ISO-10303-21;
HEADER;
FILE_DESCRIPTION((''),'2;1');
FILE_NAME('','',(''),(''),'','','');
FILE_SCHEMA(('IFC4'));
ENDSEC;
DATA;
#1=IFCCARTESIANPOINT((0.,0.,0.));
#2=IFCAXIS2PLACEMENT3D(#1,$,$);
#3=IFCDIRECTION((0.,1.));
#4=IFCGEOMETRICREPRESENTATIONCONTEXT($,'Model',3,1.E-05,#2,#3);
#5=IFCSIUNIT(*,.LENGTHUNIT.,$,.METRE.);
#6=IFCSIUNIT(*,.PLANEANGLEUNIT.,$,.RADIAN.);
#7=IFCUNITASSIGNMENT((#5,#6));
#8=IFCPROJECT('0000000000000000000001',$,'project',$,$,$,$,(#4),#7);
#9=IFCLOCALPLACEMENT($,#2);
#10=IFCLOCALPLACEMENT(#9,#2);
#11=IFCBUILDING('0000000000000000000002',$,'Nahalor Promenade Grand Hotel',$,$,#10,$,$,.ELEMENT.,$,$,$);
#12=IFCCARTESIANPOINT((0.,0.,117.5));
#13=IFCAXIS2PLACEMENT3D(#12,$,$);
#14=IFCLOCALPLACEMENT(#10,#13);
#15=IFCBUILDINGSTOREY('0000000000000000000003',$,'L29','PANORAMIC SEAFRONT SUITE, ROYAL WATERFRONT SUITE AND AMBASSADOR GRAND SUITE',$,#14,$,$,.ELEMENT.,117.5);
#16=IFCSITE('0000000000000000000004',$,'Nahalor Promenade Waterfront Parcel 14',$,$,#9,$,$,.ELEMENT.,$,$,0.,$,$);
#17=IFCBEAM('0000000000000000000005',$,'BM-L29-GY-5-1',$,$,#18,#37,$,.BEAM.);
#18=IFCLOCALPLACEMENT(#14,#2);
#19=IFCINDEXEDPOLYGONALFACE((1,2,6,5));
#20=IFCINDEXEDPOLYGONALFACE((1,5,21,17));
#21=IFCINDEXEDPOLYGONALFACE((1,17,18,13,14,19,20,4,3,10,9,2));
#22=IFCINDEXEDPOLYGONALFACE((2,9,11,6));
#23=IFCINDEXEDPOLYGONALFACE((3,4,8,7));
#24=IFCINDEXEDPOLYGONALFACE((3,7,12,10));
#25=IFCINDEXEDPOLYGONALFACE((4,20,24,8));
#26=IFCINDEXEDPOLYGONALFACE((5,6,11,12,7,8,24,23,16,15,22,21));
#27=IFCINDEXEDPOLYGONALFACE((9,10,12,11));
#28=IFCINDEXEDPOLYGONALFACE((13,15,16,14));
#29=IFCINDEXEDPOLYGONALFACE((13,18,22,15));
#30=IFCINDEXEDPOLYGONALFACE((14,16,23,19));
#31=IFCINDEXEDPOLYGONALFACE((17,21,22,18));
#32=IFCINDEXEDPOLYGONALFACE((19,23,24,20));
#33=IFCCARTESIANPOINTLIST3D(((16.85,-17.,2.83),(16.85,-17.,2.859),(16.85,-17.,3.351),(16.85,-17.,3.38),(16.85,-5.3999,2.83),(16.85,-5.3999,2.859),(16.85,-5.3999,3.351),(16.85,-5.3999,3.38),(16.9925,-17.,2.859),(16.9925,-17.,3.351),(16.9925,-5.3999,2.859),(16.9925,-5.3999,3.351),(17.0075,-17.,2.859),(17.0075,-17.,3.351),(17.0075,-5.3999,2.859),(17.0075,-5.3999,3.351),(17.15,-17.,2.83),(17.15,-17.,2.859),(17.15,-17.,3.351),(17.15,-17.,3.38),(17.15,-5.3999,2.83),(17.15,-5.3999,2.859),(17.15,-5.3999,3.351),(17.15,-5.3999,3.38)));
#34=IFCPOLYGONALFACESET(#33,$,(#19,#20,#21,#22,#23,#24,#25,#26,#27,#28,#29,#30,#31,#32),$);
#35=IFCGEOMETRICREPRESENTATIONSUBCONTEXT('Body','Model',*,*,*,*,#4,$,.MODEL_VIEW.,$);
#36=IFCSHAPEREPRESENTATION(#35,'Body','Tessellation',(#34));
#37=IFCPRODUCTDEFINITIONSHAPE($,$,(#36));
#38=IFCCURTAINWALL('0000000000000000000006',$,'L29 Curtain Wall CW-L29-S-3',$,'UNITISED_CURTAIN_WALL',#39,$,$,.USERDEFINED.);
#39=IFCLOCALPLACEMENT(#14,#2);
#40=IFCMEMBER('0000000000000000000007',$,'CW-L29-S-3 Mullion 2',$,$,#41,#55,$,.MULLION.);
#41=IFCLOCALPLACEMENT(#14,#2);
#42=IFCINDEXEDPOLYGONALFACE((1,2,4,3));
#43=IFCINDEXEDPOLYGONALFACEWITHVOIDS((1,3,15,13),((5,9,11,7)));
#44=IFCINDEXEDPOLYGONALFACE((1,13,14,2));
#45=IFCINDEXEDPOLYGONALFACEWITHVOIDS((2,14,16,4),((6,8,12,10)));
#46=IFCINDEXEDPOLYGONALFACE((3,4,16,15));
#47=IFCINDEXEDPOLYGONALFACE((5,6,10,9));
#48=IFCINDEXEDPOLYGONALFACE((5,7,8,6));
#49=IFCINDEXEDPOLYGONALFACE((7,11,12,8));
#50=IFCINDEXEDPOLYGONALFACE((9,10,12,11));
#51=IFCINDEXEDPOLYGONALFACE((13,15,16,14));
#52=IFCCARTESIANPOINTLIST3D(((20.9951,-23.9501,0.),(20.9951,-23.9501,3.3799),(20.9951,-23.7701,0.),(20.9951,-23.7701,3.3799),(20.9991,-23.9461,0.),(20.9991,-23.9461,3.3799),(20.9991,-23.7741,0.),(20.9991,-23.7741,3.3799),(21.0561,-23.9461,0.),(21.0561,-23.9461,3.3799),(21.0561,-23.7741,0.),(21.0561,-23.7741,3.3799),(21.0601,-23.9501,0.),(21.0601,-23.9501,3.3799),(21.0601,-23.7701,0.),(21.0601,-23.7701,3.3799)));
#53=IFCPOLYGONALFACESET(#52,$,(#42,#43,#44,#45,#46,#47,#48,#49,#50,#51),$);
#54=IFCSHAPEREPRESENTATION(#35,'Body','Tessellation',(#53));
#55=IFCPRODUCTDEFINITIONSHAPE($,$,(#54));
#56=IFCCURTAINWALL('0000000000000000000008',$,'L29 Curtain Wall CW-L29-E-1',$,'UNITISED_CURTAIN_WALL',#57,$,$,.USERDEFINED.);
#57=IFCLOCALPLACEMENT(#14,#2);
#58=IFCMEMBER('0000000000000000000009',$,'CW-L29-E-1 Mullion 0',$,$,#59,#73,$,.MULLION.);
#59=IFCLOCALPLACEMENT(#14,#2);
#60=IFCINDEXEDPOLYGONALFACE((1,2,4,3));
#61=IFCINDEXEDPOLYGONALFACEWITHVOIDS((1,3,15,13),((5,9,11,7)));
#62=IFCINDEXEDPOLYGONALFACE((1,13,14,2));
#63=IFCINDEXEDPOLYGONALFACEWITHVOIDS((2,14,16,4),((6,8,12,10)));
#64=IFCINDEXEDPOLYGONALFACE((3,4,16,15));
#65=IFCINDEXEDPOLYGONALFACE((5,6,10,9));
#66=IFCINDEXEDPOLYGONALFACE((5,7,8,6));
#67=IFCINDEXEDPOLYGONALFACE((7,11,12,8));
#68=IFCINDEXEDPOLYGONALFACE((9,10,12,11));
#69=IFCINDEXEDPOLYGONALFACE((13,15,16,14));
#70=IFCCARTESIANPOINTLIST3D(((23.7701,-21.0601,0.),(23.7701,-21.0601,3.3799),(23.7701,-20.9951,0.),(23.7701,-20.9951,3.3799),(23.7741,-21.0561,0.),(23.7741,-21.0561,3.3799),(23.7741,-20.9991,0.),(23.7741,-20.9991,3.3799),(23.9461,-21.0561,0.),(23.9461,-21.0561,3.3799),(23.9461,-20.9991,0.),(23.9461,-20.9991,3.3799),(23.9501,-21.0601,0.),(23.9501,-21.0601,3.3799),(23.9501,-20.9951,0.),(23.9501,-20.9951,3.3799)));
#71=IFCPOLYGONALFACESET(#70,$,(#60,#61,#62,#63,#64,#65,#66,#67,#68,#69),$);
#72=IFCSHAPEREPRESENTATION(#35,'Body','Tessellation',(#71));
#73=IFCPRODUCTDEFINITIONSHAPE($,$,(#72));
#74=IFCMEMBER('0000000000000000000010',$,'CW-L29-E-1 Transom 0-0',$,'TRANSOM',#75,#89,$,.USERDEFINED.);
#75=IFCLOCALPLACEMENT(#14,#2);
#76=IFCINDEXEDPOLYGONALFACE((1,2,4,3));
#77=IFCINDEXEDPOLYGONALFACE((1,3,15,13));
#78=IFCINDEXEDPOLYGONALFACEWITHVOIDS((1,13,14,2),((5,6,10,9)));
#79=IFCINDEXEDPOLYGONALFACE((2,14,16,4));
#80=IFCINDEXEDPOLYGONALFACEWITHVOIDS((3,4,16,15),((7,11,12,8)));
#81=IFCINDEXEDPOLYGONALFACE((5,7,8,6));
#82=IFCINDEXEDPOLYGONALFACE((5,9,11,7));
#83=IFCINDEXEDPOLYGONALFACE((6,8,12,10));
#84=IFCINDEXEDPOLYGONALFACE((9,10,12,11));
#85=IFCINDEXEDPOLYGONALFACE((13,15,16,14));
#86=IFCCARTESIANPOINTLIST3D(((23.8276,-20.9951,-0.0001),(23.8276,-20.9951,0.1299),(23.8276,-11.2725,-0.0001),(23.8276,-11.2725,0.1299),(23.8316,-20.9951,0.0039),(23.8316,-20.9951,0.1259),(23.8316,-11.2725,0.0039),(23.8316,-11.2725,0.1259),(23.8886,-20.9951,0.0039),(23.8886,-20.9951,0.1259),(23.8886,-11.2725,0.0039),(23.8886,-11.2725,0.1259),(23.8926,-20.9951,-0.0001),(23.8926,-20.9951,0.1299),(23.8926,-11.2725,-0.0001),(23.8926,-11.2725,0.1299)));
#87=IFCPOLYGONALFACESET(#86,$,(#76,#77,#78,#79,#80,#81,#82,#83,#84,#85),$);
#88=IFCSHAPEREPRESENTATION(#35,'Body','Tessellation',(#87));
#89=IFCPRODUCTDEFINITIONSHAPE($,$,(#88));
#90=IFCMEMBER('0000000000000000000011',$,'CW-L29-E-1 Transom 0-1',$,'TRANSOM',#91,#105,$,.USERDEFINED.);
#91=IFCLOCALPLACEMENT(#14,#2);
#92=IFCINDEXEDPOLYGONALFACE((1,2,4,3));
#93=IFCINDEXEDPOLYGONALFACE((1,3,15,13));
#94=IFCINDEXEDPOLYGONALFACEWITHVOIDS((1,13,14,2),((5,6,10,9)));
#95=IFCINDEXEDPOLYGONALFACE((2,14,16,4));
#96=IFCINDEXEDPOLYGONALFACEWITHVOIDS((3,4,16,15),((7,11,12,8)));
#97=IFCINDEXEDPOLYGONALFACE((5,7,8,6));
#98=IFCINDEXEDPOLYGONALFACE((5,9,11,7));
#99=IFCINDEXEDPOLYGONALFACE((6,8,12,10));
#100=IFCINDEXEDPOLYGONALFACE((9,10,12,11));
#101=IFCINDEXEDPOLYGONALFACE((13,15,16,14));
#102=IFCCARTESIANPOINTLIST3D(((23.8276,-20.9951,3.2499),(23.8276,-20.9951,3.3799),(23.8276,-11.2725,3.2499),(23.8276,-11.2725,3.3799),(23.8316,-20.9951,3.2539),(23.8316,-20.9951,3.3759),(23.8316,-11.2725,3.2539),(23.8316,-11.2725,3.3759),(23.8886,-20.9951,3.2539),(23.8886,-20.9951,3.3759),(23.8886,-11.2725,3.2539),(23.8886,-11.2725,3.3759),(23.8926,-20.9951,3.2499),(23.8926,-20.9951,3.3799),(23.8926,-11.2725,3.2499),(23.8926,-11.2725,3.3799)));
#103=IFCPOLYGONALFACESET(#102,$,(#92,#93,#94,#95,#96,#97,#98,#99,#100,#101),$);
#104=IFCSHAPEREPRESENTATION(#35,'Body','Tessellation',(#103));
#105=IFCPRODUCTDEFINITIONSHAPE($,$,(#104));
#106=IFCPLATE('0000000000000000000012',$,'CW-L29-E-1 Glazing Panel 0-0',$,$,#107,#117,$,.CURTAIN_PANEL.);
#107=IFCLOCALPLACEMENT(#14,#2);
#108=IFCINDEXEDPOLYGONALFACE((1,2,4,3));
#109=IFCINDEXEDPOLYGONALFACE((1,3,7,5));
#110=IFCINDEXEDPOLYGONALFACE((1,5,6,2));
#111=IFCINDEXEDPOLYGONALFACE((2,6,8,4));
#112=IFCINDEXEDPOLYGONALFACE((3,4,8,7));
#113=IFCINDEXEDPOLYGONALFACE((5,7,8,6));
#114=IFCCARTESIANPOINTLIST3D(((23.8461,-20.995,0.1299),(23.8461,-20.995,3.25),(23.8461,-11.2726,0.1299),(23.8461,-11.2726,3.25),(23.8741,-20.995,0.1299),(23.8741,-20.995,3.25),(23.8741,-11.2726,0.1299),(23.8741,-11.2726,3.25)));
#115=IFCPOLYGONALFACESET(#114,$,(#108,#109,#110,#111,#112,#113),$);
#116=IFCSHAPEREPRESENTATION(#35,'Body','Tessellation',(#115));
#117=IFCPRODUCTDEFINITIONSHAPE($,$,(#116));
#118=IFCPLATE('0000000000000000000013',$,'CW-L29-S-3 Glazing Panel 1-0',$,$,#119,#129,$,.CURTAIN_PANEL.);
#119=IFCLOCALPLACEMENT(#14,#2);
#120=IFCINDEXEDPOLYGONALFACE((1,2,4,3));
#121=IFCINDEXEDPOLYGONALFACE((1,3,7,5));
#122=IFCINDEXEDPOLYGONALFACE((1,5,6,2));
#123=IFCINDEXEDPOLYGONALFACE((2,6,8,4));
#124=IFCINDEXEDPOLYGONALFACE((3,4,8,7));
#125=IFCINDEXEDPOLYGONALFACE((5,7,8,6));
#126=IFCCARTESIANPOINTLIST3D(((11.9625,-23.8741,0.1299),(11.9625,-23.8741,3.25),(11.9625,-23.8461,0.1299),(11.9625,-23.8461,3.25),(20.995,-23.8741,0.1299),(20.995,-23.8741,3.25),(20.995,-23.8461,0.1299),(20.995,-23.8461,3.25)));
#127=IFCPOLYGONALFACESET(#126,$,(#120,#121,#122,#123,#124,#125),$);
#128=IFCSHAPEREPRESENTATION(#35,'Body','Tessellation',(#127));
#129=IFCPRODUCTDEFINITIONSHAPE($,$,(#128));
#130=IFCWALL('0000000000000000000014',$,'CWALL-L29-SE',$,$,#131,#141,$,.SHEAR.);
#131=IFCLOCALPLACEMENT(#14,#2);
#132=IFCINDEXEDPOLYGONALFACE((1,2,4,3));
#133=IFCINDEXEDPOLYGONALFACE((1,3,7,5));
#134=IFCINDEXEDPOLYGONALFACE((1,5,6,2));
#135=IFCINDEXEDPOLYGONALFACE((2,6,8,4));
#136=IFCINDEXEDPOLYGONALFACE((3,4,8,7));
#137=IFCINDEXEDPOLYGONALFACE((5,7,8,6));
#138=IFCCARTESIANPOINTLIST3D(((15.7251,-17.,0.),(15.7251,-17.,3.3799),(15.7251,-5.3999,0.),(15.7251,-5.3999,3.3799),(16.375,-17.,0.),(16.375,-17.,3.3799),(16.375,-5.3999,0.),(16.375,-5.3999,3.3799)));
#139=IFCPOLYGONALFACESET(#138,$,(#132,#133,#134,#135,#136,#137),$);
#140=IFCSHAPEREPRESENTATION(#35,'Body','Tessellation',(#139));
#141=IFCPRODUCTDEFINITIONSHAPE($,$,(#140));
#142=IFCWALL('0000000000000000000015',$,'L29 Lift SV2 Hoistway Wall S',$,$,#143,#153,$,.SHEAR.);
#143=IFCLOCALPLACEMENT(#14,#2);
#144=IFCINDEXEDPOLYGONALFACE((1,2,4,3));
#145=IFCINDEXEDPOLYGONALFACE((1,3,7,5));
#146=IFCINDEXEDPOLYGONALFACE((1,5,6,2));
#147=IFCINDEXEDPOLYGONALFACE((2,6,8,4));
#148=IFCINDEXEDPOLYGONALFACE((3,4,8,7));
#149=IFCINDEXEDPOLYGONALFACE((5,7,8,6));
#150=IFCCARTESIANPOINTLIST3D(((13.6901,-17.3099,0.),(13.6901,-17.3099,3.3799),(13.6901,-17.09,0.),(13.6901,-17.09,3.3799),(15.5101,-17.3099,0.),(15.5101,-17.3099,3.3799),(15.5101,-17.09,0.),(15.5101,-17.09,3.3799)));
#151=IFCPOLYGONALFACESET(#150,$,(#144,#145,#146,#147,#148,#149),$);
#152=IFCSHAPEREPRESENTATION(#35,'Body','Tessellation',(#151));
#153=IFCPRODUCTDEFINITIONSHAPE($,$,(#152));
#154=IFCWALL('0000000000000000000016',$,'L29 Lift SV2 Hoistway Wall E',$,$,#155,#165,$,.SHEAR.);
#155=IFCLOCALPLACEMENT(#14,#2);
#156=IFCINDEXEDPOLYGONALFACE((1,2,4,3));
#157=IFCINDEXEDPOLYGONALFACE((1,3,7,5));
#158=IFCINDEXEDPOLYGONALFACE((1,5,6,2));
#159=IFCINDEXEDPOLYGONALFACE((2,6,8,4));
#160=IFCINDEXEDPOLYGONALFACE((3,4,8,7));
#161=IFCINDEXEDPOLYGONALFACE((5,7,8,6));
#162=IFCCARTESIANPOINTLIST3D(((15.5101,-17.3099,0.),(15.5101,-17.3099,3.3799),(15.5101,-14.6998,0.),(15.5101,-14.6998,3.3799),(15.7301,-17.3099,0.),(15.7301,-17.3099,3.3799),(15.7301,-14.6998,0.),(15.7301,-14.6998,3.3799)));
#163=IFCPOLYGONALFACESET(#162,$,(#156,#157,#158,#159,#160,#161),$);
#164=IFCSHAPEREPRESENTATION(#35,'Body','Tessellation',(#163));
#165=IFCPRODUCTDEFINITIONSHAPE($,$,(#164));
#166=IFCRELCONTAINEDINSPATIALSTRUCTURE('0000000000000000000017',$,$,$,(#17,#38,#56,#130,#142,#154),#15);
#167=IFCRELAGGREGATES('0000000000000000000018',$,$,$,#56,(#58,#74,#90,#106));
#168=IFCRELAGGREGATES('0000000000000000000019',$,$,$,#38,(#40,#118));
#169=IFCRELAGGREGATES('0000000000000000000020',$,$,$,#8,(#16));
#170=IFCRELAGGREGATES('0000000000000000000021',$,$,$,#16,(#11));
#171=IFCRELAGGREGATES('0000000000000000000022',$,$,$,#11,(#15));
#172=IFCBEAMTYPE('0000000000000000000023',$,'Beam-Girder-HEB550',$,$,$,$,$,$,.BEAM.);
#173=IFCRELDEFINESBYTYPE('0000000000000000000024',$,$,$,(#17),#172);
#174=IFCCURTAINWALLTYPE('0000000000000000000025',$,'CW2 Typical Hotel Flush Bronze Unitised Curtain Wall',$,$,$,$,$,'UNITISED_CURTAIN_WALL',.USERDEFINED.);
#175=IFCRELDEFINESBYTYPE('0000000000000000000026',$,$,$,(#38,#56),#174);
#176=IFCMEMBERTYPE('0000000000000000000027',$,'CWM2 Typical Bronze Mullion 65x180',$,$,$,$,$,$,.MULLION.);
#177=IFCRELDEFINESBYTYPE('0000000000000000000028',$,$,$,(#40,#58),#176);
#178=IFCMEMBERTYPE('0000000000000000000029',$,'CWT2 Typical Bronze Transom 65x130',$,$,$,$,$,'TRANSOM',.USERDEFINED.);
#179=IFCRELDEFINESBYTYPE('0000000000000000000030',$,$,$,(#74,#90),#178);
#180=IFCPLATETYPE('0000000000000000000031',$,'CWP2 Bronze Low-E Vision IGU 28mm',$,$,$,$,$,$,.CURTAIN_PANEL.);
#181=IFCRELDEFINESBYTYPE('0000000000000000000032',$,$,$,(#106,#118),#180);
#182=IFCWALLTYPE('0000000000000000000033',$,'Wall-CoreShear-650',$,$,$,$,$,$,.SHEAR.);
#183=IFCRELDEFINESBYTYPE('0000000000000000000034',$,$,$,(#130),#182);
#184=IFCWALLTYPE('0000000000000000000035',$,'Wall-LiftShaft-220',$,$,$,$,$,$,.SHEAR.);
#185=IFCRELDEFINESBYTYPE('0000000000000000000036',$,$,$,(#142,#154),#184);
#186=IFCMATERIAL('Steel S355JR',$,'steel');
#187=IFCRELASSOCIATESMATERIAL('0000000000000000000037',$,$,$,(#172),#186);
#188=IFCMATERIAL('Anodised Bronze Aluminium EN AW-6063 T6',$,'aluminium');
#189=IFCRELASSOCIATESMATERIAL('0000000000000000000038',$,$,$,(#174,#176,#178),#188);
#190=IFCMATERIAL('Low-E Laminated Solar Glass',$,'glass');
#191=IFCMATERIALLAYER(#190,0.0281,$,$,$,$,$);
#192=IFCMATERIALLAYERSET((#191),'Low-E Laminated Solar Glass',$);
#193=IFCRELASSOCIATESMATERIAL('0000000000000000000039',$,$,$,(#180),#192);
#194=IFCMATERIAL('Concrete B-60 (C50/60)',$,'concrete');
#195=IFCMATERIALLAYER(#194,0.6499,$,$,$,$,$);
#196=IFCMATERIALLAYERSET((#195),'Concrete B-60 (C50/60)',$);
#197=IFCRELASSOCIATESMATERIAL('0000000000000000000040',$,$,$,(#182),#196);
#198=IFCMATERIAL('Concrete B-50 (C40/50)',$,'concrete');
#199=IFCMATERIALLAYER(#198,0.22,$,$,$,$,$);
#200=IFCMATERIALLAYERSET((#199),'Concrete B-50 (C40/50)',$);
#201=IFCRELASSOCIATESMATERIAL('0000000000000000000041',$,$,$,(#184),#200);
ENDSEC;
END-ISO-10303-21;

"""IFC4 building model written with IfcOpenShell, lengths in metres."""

from ifc_helpers import new_model, si_unit, direction, frame, frame_2d, origin, origin_2d, place, context, subcontext, project, spatial, rectangle, hollow_rectangle, i_section, extrude, source, transform, mapped, material, layer, layer_set, material_profile, profile_set, type_object, element, aggregate, save


model = new_model("IFC4")

# Units and contexts
model_context = context("Model", 3, precision=1e-05, world=origin(), true_north=direction((0.0, 1.0)))
body_context = subcontext(model_context, "Body", "Model", "MODEL_VIEW")
ifc_project = project(units=[si_unit("LENGTHUNIT", "METRE"), si_unit("PLANEANGLEUNIT", "RADIAN")], contexts=[model_context])

# Site, building, storey
site_placement = place(None, origin())
site = spatial("IfcSite", under=ifc_project, at=site_placement, Name="Nahalor Promenade Waterfront Parcel 14", CompositionType="ELEMENT", RefElevation=0.0)
building_placement = place(site_placement, origin())
building = spatial("IfcBuilding", under=site, at=building_placement, Name="Nahalor Promenade Grand Hotel", CompositionType="ELEMENT")
storey_placement = place(building_placement, frame((0.0, 0.0, 117.5)))
storey = spatial("IfcBuildingStorey", under=building, at=storey_placement, Name="L29", Description="PANORAMIC SEAFRONT SUITE, ROYAL WATERFRONT SUITE AND AMBASSADOR GRAND SUITE", CompositionType="ELEMENT", Elevation=117.5)

# Shared definitions
ifc_material_1 = material(Name="Concrete B-60 (C50/60)", Category="concrete")

# Beam
ifc_material_2 = material(Name="Steel S355JR", Category="steel")
ifc_material_profile_1 = material_profile(ifc_material_2, i_section(OverallWidth=0.3, OverallDepth=0.55, WebThickness=0.015, FlangeThickness=0.029, at=origin_2d()), Name="HEB 550")
ifc_profile_set_1 = profile_set([ifc_material_profile_1], Name="Steel S355JR")
beam_type_1 = type_object("IfcBeamType", Name="Beam-Girder-HEB550", PredefinedType="BEAM", material=ifc_profile_set_1)
shared_shape_1 = source(origin(), body_context, "Body", "SweptSolid", [
    extrude(i_section(OverallWidth=0.3, OverallDepth=0.55, WebThickness=0.015, FlangeThickness=0.029, at=origin_2d()), origin(), (0.0, 0.0, 1.0), 11.6001),
])
beam_1_placement = place(storey_placement, frame((17.0, -17.0, 3.105), z_axis=(0.0, 1.0, 0.0), x_axis=(-1.0, 0.0, 0.0)))
element("IfcBeam", 1, at=beam_1_placement, inside=storey, type_object=beam_type_1, Name="BM-L29-GY-5-1", PredefinedType="BEAM", context=body_context, shape_type="MappedRepresentation", body=[
    mapped(shared_shape_1, transform((0.0, 0.0, 0.0), scale=1.0)),
])

# Curtain wall, member
ifc_material_3 = material(Name="Anodised Bronze Aluminium EN AW-6063 T6", Category="aluminium")
curtain_wall_type = type_object("IfcCurtainWallType", Name="CW2 Typical Hotel Flush Bronze Unitised Curtain Wall", ElementType="UNITISED_CURTAIN_WALL", PredefinedType="USERDEFINED", material=ifc_material_3)
curtain_wall_1_placement = place(storey_placement, origin())
curtain_wall_1 = element("IfcCurtainWall", 2, at=curtain_wall_1_placement, inside=storey, type_object=curtain_wall_type, Name="L29 Curtain Wall CW-L29-S-3", ObjectType="UNITISED_CURTAIN_WALL", PredefinedType="USERDEFINED")
ifc_material_profile_2 = material_profile(ifc_material_3, hollow_rectangle(XDim=0.065, YDim=0.18, WallThickness=0.004, at=origin_2d()), Name="CWM 65x180x4")
ifc_profile_set_2 = profile_set([ifc_material_profile_2], Name="Anodised Bronze Aluminium EN AW-6063 T6")
member_type_1 = type_object("IfcMemberType", Name="CWM2 Typical Bronze Mullion 65x180", PredefinedType="MULLION", material=ifc_profile_set_2)
shared_shape_2 = source(origin(), body_context, "Body", "SweptSolid", [
    extrude(hollow_rectangle(XDim=0.065, YDim=0.18, WallThickness=0.004, at=origin_2d()), origin(), (0.0, 0.0, 1.0), 3.3799),
])
member_1_placement = place(storey_placement, frame((21.0276, -23.8601, 0.0), z_axis=(0.0, 0.0, 1.0), x_axis=(1.0, 0.0, 0.0)))
member_1 = element("IfcMember", 3, at=member_1_placement, type_object=member_type_1, Name="CW-L29-S-3 Mullion 2", PredefinedType="MULLION", context=body_context, shape_type="MappedRepresentation", body=[
    mapped(shared_shape_2, transform((0.0, 0.0, 0.0), scale=1.0)),
])

# Curtain wall, members, plate
curtain_wall_2_placement = place(storey_placement, origin())
curtain_wall_2 = element("IfcCurtainWall", 4, at=curtain_wall_2_placement, inside=storey, type_object=curtain_wall_type, Name="L29 Curtain Wall CW-L29-E-1", ObjectType="UNITISED_CURTAIN_WALL", PredefinedType="USERDEFINED")
member_2_placement = place(storey_placement, frame((23.8601, -21.0276, 0.0), z_axis=(0.0, 0.0, 1.0), x_axis=(0.0, 1.0, 0.0)))
member_2 = element("IfcMember", 5, at=member_2_placement, type_object=member_type_1, Name="CW-L29-E-1 Mullion 0", PredefinedType="MULLION", context=body_context, shape_type="MappedRepresentation", body=[
    mapped(shared_shape_2, transform((0.0, 0.0, 0.0), scale=1.0)),
])
ifc_material_profile_3 = material_profile(ifc_material_3, hollow_rectangle(XDim=0.065, YDim=0.13, WallThickness=0.004, at=origin_2d()), Name="CWT 65x130x4")
ifc_profile_set_3 = profile_set([ifc_material_profile_3], Name="Anodised Bronze Aluminium EN AW-6063 T6")
member_type_2 = type_object("IfcMemberType", Name="CWT2 Typical Bronze Transom 65x130", ElementType="TRANSOM", PredefinedType="USERDEFINED", material=ifc_profile_set_3)
shared_shape_3 = source(origin(), body_context, "Body", "SweptSolid", [
    extrude(hollow_rectangle(XDim=0.065, YDim=0.13, WallThickness=0.004, at=origin_2d()), origin(), (0.0, 0.0, 1.0), 9.7227),
])
member_3_placement = place(storey_placement, frame((23.8601, -20.9951, 0.0649), z_axis=(0.0, 1.0, 0.0), x_axis=(-1.0, 0.0, 0.0)))
member_3 = element("IfcMember", 6, at=member_3_placement, type_object=member_type_2, Name="CW-L29-E-1 Transom 0-0", ObjectType="TRANSOM", PredefinedType="USERDEFINED", context=body_context, shape_type="MappedRepresentation", body=[
    mapped(shared_shape_3, transform((0.0, 0.0, 0.0), scale=1.0)),
])
member_4_placement = place(storey_placement, frame((23.8601, -20.9951, 3.3149), z_axis=(0.0, 1.0, 0.0), x_axis=(-1.0, 0.0, 0.0)))
member_4 = element("IfcMember", 7, at=member_4_placement, type_object=member_type_2, Name="CW-L29-E-1 Transom 0-1", ObjectType="TRANSOM", PredefinedType="USERDEFINED", context=body_context, shape_type="MappedRepresentation", body=[
    mapped(shared_shape_3, transform((0.0, 0.0, 0.0), scale=1.0)),
])
ifc_material_4 = material(Name="Low-E Laminated Solar Glass", Category="glass")
ifc_layer_1 = layer(ifc_material_4, 0.0281)
ifc_layer_set_1 = layer_set([ifc_layer_1], Name="Low-E Laminated Solar Glass")
plate_type = type_object("IfcPlateType", Name="CWP2 Bronze Low-E Vision IGU 28mm", PredefinedType="CURTAIN_PANEL", material=ifc_layer_set_1)
shared_shape_4 = source(origin(), body_context, "Body", "SweptSolid", [
    extrude(rectangle(XDim=9.7224, YDim=0.0281, at=origin_2d()), origin(), (0.0, 0.0, 1.0), 3.1201),
])
plate_1_placement = place(storey_placement, frame((23.8601, -16.1338, 0.1299), z_axis=(0.0, 0.0, 1.0), x_axis=(0.0, 1.0, 0.0)))
plate_1 = element("IfcPlate", 8, at=plate_1_placement, type_object=plate_type, Name="CW-L29-E-1 Glazing Panel 0-0", PredefinedType="CURTAIN_PANEL", context=body_context, shape_type="MappedRepresentation", body=[
    mapped(shared_shape_4, transform((0.0, 0.0, 0.0), scale=1.0)),
])
aggregate(curtain_wall_2, [member_2, member_3, member_4, plate_1])

# Plate
shared_shape_5 = source(origin(), body_context, "Body", "SweptSolid", [
    extrude(rectangle(XDim=9.0325, YDim=0.0281, at=origin_2d()), origin(), (0.0, 0.0, 1.0), 3.1201),
])
plate_2_placement = place(storey_placement, frame((16.4788, -23.8601, 0.1299), z_axis=(0.0, 0.0, 1.0), x_axis=(1.0, 0.0, 0.0)))
plate_2 = element("IfcPlate", 9, at=plate_2_placement, type_object=plate_type, Name="CW-L29-S-3 Glazing Panel 1-0", PredefinedType="CURTAIN_PANEL", context=body_context, shape_type="MappedRepresentation", body=[
    mapped(shared_shape_5, transform((0.0, 0.0, 0.0), scale=1.0)),
])
aggregate(curtain_wall_1, [member_1, plate_2])

# Walls
ifc_layer_2 = layer(ifc_material_1, 0.6499)
ifc_layer_set_2 = layer_set([ifc_layer_2], Name="Concrete B-60 (C50/60)")
wall_type_1 = type_object("IfcWallType", Name="Wall-CoreShear-650", PredefinedType="SHEAR", material=ifc_layer_set_2)
shared_shape_6 = source(origin(), body_context, "Body", "SweptSolid", [
    extrude(rectangle(XDim=11.6001, YDim=0.6499, at=frame_2d((5.8, 0.0))), origin(), (0.0, 0.0, 1.0), 3.3799),
])
wall_1_placement = place(storey_placement, frame((16.05, -17.0, 0.0), z_axis=(0.0, 0.0, 1.0), x_axis=(0.0, 1.0, 0.0)))
element("IfcWall", 10, at=wall_1_placement, inside=storey, type_object=wall_type_1, Name="CWALL-L29-SE", PredefinedType="SHEAR", context=body_context, shape_type="MappedRepresentation", body=[
    mapped(shared_shape_6, transform((0.0, 0.0, 0.0), scale=1.0)),
])
ifc_material_5 = material(Name="Concrete B-50 (C40/50)", Category="concrete")
ifc_layer_3 = layer(ifc_material_5, 0.22)
ifc_layer_set_3 = layer_set([ifc_layer_3], Name="Concrete B-50 (C40/50)")
wall_type_2 = type_object("IfcWallType", Name="Wall-LiftShaft-220", PredefinedType="SHEAR", material=ifc_layer_set_3)
shared_shape_7 = source(origin(), body_context, "Body", "SweptSolid", [
    extrude(rectangle(XDim=1.8201, YDim=0.22, at=frame_2d((0.9102, 0.0))), origin(), (0.0, 0.0, 1.0), 3.3799),
])
wall_2_placement = place(storey_placement, frame((13.6899, -17.2, 0.0), z_axis=(0.0, 0.0, 1.0), x_axis=(1.0, 0.0, 0.0)))
element("IfcWall", 11, at=wall_2_placement, inside=storey, type_object=wall_type_2, Name="L29 Lift SV2 Hoistway Wall S", PredefinedType="SHEAR", context=body_context, shape_type="MappedRepresentation", body=[
    mapped(shared_shape_7, transform((0.0, 0.0, 0.0), scale=1.0)),
])
shared_shape_8 = source(origin(), body_context, "Body", "SweptSolid", [
    extrude(rectangle(XDim=2.6101, YDim=0.22, at=frame_2d((1.3052, 0.0))), origin(), (0.0, 0.0, 1.0), 3.3799),
])
wall_3_placement = place(storey_placement, frame((15.6201, -17.3101, 0.0), z_axis=(0.0, 0.0, 1.0), x_axis=(0.0, 1.0, 0.0)))
element("IfcWall", 12, at=wall_3_placement, inside=storey, type_object=wall_type_2, Name="L29 Lift SV2 Hoistway Wall E", PredefinedType="SHEAR", context=body_context, shape_type="MappedRepresentation", body=[
    mapped(shared_shape_8, transform((0.0, 0.0, 0.0), scale=1.0)),
])

save(model, "model.ifc")
